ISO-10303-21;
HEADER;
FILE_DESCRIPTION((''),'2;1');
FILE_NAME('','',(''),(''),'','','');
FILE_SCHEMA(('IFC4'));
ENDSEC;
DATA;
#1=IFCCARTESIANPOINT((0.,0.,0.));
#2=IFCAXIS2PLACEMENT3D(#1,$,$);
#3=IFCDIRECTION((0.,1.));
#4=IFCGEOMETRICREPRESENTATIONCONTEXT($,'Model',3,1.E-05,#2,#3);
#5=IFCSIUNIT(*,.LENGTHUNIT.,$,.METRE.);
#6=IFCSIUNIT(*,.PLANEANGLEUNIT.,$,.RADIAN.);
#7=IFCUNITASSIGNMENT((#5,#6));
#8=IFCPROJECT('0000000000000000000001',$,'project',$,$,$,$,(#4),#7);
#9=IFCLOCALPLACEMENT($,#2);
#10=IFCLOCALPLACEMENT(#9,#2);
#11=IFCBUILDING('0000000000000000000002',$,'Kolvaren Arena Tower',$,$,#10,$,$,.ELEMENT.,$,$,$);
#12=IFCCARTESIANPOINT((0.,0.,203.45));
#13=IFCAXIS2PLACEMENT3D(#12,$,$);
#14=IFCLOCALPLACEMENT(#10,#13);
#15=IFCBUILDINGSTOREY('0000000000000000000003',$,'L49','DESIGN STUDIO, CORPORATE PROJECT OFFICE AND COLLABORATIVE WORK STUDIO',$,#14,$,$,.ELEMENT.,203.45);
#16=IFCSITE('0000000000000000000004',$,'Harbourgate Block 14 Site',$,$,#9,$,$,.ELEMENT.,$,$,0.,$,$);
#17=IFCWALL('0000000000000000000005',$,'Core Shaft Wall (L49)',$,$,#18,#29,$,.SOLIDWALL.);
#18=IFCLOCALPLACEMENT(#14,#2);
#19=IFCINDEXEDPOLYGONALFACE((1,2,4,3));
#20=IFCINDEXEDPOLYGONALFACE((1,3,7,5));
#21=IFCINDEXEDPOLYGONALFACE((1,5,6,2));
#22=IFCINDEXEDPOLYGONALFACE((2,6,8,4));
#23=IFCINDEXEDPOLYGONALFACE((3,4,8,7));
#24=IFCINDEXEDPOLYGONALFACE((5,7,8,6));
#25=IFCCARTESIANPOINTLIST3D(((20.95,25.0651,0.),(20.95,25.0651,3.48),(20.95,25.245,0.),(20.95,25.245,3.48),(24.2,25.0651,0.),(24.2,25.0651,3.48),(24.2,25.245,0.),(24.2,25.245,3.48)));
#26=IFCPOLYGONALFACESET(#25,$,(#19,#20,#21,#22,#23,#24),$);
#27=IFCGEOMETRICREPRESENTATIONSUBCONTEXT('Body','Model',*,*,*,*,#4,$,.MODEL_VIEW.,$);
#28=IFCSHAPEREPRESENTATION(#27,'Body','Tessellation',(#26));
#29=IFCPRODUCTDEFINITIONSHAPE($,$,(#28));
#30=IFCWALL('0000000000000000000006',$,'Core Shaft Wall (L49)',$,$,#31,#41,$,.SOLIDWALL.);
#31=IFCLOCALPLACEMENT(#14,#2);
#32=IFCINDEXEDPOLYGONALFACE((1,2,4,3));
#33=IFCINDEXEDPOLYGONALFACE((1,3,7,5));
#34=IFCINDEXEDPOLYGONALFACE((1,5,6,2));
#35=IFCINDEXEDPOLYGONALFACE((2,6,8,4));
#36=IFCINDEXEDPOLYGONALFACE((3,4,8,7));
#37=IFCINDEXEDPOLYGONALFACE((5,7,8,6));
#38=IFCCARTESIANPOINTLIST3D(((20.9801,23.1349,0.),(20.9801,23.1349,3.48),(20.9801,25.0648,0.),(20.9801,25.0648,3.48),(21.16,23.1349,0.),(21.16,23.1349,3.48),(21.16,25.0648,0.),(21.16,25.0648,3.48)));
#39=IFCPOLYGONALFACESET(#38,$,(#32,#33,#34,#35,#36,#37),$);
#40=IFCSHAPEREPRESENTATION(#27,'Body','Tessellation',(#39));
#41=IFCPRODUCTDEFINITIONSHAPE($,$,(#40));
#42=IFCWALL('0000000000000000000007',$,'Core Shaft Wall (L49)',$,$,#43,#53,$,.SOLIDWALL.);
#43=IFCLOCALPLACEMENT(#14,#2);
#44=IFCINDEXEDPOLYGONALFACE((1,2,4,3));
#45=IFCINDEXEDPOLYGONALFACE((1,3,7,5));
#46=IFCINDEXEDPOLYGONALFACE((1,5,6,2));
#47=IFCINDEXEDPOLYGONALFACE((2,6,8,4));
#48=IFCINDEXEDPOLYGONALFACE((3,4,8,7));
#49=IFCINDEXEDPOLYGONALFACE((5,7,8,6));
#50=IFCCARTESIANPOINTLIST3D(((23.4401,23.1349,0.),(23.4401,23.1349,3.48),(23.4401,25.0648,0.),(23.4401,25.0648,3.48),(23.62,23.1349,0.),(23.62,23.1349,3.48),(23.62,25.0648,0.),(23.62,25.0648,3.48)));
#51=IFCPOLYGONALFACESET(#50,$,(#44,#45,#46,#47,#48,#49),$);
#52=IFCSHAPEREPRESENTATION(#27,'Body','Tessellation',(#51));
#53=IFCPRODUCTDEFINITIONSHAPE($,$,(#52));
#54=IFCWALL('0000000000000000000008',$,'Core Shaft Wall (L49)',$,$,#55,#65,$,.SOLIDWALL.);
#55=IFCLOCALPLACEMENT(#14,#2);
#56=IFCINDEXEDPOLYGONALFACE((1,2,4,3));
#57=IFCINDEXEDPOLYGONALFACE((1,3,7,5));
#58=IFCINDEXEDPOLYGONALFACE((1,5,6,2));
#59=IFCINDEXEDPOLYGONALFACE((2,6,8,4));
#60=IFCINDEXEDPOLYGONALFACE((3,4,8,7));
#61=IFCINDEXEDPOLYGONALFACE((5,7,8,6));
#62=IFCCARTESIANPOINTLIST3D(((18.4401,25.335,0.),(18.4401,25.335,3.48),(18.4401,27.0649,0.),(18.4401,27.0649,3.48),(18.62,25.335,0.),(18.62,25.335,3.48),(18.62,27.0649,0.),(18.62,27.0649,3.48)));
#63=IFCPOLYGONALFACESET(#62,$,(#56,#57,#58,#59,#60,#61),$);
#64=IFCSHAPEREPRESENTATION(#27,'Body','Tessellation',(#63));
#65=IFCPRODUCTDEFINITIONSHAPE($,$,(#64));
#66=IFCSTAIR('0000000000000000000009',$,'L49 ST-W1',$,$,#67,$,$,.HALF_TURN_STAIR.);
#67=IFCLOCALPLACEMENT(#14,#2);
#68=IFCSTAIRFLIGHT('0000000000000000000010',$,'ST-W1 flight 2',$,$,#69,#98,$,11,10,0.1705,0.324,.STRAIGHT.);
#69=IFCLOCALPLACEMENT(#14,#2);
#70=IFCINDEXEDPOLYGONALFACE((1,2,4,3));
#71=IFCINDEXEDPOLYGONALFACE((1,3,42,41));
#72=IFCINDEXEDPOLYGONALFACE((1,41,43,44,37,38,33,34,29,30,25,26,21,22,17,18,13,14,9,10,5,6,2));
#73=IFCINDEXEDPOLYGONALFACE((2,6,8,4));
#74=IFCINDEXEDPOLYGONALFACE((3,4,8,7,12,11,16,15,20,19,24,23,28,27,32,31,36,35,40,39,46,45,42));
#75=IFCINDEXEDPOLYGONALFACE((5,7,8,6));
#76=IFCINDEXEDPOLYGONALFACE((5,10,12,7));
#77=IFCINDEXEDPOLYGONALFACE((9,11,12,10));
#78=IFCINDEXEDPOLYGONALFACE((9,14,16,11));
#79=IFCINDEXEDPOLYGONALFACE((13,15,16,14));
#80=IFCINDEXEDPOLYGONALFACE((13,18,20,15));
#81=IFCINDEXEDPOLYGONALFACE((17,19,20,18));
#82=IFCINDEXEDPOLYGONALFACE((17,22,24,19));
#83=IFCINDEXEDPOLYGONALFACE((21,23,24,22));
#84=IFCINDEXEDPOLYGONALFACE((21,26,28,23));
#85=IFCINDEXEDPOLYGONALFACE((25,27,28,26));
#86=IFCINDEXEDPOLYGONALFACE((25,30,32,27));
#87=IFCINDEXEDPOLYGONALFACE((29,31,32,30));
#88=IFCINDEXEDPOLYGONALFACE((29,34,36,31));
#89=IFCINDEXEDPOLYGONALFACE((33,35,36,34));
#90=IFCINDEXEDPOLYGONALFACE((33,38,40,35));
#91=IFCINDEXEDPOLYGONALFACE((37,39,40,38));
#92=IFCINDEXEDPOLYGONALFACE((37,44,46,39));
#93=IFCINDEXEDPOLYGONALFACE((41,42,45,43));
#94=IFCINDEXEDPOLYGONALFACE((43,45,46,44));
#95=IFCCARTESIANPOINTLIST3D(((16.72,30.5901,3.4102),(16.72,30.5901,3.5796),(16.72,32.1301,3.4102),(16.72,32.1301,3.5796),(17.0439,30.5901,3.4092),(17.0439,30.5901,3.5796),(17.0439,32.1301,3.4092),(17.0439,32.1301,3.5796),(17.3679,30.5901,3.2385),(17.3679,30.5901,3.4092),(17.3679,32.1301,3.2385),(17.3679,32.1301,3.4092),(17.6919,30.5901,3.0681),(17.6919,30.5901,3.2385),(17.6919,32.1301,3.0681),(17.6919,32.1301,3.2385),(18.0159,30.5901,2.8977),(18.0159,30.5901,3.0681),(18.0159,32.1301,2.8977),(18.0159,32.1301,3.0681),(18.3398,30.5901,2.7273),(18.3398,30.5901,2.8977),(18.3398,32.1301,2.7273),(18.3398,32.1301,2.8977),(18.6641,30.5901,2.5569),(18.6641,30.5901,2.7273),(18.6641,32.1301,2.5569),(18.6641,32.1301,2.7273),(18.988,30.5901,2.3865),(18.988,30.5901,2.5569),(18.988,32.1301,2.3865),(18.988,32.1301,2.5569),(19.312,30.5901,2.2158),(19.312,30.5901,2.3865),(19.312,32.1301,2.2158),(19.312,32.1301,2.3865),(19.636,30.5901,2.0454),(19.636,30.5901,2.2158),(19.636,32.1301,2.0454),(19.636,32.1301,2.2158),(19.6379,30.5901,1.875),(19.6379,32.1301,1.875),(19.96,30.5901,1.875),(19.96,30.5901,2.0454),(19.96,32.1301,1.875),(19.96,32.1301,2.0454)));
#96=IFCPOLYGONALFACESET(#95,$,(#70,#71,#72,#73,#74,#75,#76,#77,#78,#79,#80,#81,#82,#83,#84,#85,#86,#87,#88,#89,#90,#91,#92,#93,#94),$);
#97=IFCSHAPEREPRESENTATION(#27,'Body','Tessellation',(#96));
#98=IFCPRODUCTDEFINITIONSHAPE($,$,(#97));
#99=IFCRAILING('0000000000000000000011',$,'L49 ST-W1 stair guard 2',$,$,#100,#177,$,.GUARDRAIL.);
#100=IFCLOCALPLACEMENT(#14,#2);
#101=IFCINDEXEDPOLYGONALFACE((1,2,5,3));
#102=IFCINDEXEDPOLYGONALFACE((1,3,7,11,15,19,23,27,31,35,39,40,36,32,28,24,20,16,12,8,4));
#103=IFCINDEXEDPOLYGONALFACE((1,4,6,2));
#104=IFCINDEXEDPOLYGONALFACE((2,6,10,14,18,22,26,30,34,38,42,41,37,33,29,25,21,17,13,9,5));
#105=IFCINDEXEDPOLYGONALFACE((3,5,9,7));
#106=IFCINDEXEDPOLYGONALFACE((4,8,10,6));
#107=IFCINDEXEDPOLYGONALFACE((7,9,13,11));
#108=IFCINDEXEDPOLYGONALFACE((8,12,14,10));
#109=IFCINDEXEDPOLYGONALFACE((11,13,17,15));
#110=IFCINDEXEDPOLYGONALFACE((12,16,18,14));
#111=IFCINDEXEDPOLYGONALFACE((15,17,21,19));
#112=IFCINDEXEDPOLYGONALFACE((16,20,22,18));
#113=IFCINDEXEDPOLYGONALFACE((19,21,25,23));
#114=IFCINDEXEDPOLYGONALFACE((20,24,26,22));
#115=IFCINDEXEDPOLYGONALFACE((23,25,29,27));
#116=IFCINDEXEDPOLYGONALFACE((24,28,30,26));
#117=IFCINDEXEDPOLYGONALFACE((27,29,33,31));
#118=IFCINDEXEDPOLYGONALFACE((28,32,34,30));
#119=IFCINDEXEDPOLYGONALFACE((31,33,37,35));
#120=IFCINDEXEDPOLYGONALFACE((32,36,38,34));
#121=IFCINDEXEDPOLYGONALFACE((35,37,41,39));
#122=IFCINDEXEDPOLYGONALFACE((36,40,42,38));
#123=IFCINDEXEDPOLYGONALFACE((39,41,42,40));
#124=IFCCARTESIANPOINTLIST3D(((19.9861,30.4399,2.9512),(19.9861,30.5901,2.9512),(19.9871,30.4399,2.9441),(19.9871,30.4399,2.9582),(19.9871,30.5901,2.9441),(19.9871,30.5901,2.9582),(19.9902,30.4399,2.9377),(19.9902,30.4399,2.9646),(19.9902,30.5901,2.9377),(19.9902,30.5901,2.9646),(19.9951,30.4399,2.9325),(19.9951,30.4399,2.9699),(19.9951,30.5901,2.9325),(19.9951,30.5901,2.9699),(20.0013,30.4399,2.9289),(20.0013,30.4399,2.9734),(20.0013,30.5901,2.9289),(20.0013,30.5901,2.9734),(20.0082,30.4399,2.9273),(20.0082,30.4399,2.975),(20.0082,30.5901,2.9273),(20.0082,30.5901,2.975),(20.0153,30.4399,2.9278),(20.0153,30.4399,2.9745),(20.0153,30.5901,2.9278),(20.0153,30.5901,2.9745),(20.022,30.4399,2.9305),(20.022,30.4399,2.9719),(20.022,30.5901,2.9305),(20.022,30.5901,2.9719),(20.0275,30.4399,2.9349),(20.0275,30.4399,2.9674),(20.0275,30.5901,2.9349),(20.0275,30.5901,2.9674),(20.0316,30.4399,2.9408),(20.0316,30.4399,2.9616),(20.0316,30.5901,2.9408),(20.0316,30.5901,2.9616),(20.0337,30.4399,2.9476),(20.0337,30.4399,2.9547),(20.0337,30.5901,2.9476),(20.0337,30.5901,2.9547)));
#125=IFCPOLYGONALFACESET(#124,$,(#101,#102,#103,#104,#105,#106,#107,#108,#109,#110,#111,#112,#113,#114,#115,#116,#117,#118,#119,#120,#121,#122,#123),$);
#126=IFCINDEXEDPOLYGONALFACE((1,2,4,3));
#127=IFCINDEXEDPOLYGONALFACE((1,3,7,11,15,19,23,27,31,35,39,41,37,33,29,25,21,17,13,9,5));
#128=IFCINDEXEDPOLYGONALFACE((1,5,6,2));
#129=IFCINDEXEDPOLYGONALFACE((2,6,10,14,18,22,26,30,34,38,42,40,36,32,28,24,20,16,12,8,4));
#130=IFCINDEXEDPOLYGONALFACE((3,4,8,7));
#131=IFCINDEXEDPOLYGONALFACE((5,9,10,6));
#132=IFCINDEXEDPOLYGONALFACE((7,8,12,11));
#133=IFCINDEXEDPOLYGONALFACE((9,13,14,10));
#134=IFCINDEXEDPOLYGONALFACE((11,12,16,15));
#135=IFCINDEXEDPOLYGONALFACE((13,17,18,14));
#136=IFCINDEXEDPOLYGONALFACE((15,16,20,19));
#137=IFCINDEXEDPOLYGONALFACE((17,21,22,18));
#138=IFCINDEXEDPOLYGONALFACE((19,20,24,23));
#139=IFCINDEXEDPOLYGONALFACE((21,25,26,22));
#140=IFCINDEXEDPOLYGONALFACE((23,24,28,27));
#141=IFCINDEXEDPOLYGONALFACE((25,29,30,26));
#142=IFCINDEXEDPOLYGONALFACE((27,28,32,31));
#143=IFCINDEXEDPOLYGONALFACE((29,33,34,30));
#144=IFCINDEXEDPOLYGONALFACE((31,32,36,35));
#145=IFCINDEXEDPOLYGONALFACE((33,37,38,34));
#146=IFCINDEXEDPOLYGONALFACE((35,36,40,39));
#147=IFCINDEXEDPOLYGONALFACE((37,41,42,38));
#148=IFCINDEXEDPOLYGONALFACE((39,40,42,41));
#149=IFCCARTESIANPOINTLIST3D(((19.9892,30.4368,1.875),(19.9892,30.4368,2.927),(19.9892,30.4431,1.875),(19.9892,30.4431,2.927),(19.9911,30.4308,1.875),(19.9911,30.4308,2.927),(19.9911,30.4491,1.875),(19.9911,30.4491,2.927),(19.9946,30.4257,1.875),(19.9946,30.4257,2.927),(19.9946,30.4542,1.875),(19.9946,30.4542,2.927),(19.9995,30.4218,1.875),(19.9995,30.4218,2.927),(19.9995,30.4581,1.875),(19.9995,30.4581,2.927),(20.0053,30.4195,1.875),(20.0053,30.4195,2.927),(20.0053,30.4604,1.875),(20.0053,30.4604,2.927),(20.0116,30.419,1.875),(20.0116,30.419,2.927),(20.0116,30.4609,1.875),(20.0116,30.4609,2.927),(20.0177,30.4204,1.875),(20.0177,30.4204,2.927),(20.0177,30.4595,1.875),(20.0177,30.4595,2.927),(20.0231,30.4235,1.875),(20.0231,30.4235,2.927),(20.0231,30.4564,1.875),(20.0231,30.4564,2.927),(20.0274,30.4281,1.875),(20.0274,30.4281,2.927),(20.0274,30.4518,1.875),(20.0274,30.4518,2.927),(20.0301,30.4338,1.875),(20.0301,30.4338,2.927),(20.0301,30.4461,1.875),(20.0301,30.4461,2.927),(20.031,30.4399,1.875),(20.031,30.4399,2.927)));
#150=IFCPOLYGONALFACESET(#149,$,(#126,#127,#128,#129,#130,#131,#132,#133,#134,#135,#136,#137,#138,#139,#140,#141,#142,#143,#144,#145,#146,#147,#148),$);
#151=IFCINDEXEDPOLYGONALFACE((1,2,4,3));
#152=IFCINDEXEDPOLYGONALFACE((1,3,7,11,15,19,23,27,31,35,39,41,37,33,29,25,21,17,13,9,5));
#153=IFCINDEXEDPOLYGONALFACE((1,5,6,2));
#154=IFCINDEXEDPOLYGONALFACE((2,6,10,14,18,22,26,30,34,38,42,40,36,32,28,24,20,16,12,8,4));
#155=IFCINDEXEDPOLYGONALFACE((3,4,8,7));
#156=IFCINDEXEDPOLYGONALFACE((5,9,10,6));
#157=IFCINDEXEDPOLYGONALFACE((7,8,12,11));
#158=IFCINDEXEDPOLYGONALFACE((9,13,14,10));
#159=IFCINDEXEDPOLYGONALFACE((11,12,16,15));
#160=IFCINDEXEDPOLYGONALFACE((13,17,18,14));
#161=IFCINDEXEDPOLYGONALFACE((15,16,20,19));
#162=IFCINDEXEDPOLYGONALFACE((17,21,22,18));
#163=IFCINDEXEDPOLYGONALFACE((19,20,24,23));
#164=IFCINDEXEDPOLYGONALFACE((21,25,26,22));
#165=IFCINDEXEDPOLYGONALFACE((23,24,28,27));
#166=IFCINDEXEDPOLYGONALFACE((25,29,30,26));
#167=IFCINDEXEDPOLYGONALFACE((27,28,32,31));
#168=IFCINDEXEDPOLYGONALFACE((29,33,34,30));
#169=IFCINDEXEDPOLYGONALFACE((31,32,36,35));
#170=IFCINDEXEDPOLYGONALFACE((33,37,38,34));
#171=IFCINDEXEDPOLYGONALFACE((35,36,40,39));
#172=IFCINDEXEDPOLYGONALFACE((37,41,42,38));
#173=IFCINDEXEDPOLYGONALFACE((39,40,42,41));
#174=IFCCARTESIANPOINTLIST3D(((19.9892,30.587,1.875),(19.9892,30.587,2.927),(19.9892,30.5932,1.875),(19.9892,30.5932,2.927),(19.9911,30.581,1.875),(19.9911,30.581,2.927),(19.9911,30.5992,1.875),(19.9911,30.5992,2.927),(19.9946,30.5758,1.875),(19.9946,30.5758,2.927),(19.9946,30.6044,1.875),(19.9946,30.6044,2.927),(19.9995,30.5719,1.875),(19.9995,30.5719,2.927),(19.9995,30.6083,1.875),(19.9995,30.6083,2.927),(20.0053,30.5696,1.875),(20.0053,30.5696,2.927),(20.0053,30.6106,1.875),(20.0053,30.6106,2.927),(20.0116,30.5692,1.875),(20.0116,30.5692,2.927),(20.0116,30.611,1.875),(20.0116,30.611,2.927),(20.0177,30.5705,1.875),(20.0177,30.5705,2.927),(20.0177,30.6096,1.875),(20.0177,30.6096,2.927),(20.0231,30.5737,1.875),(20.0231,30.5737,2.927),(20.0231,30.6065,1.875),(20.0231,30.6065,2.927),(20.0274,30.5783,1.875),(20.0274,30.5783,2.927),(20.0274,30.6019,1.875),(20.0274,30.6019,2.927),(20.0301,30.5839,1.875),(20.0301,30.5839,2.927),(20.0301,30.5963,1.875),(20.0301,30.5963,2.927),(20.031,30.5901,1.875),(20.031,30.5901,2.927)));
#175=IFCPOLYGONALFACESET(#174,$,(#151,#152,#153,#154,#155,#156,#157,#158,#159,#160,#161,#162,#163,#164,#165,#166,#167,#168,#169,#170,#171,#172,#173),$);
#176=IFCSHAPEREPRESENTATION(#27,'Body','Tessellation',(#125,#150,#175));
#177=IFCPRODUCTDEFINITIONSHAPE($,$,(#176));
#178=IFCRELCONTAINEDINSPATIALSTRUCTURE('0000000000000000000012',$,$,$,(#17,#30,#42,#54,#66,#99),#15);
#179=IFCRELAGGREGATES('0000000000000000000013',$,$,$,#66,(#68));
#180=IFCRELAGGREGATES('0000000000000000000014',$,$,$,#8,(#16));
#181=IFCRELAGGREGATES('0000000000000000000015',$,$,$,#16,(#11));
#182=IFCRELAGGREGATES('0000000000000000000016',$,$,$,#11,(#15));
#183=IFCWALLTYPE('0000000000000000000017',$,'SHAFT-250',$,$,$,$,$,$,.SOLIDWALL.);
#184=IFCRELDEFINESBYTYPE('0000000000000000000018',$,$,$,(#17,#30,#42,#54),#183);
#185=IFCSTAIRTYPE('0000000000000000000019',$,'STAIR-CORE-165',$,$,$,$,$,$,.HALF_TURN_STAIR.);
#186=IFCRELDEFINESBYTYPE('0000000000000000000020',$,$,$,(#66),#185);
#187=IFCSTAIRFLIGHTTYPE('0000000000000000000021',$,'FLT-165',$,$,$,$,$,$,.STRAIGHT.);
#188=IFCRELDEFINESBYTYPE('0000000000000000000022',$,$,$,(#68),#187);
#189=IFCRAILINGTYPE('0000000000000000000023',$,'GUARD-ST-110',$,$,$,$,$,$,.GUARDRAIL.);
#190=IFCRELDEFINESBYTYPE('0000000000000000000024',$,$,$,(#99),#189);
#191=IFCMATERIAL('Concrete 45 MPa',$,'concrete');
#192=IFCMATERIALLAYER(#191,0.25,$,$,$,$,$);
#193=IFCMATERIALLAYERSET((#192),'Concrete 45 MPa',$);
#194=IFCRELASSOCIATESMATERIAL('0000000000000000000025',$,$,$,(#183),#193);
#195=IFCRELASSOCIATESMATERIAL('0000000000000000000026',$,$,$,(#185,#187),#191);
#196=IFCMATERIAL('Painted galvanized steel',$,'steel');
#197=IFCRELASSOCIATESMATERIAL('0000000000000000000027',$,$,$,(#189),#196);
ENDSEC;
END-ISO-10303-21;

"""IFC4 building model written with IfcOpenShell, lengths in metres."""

from ifc_helpers import new_model, si_unit, direction, frame, frame_2d, origin, origin_2d, place, context, subcontext, project, spatial, polyline, rectangle, circle, outline, extrude, material, layer, layer_set, type_object, element, aggregate, save


model = new_model("IFC4")

# Units and contexts
model_context = context("Model", 3, precision=1e-05, world=origin(), true_north=direction((0.0, 1.0)))
body_context = subcontext(model_context, "Body", "Model", "MODEL_VIEW")
ifc_project = project(units=[si_unit("LENGTHUNIT", "METRE"), si_unit("PLANEANGLEUNIT", "RADIAN")], contexts=[model_context])

# Site, building, storey
site_placement = place(None, origin())
site = spatial("IfcSite", under=ifc_project, at=site_placement, Name="Harbourgate Block 14 Site", CompositionType="ELEMENT", RefElevation=0.0)
building_placement = place(site_placement, origin())
building = spatial("IfcBuilding", under=site, at=building_placement, Name="Kolvaren Arena Tower", CompositionType="ELEMENT")
storey_placement = place(building_placement, frame((0.0, 0.0, 203.45)))
storey = spatial("IfcBuildingStorey", under=building, at=storey_placement, Name="L49", Description="DESIGN STUDIO, CORPORATE PROJECT OFFICE AND COLLABORATIVE WORK STUDIO", CompositionType="ELEMENT", Elevation=203.45)

# Shared definitions
ifc_material_1 = material(Name="Concrete 45 MPa", Category="concrete")
ifc_layer_1 = layer(ifc_material_1, 0.25)
ifc_layer_set_1 = layer_set([ifc_layer_1], Name="Concrete 45 MPa")
wall_type_1 = type_object("IfcWallType", Name="SHAFT-250", PredefinedType="SOLIDWALL", material=ifc_layer_set_1)

# Walls
wall_1_placement = place(storey_placement, frame((20.95, 25.155, 0.0), z_axis=(0.0, 0.0, 1.0), x_axis=(1.0, 0.0, 0.0)))
element("IfcWall", 1, at=wall_1_placement, inside=storey, type_object=wall_type_1, Name="Core Shaft Wall (L49)", PredefinedType="SOLIDWALL", context=body_context, shape_type="SweptSolid", body=[
    extrude(rectangle(XDim=3.25, YDim=0.1799, at=frame_2d((1.625, 0.0))), origin(), (0.0, 0.0, 1.0), 3.48),
])
for number, where, z_axis, x_axis, name in (
    (2, (21.0701, 23.135, 0.0), (0.0, 0.0, 1.0), (0.0, 1.0, 0.0), "Core Shaft Wall (L49)"),
    (3, (23.53, 23.135, 0.0), (0.0, 0.0, 1.0), (0.0, 1.0, 0.0), "Core Shaft Wall (L49)"),
):
    element("IfcWall", number, at=place(storey_placement, frame(where, z_axis=z_axis, x_axis=x_axis)), inside=storey, type_object=wall_type_1, Name=name, PredefinedType="SOLIDWALL", context=body_context, shape_type="SweptSolid", body=[
        extrude(rectangle(XDim=1.9299, YDim=0.1799, at=frame_2d((0.9648, 0.0))), origin(), (0.0, 0.0, 1.0), 3.48),
    ])
wall_2_placement = place(storey_placement, frame((18.53, 25.335, 0.0), z_axis=(0.0, 0.0, 1.0), x_axis=(0.0, 1.0, 0.0)))
element("IfcWall", 4, at=wall_2_placement, inside=storey, type_object=wall_type_1, Name="Core Shaft Wall (L49)", PredefinedType="SOLIDWALL", context=body_context, shape_type="SweptSolid", body=[
    extrude(rectangle(XDim=1.73, YDim=0.1799, at=frame_2d((0.865, 0.0))), origin(), (0.0, 0.0, 1.0), 3.48),
])

# Stair, stair flight
stair_type = type_object("IfcStairType", Name="STAIR-CORE-165", PredefinedType="HALF_TURN_STAIR", material=ifc_material_1)
stair_placement = place(storey_placement, origin())
stair = element("IfcStair", 5, at=stair_placement, inside=storey, type_object=stair_type, Name="L49 ST-W1", PredefinedType="HALF_TURN_STAIR")
stair_flight_type = type_object("IfcStairFlightType", Name="FLT-165", PredefinedType="STRAIGHT", material=ifc_material_1)
stair_flight_placement = place(storey_placement, frame((19.96, 31.3601, 1.875), z_axis=(0.0, 0.0, 1.0), x_axis=(-1.0, 0.0, 0.0)))
stair_flight = element("IfcStairFlight", 6, at=stair_flight_placement, type_object=stair_flight_type, Name="ST-W1 flight 2", NumberOfRisers=11, NumberOfTreads=10, PredefinedType="STRAIGHT", RiserHeight=0.1705, TreadLength=0.324, context=body_context, shape_type="SweptSolid", body=[
    extrude(outline(polyline([(0.0, 0.0), (0.0, 0.1704), (0.324, 0.1704), (0.324, 0.3408), (0.6479, 0.3408), (0.6479, 0.5115), (0.9719, 0.5115), (0.9719, 0.6819), (1.2959, 0.6819), (1.2959, 0.8523), (1.6201, 0.8523), (1.6201, 1.0227), (1.9441, 1.0227), (1.9441, 1.1931), (2.2681, 1.1931), (2.2681, 1.3635), (2.592, 1.3635), (2.592, 1.5342), (2.916, 1.5342), (2.916, 1.7046), (3.24, 1.7046), (3.24, 1.875), (3.24, 1.5352), (0.322, 0.0), (0.0, 0.0)])), frame((0.0, 0.77, 0.0), z_axis=(0.0, -1.0, 0.0), x_axis=(1.0, 0.0, 0.0)), (0.0, 0.0, 1.0), 1.54),
])
aggregate(stair, [stair_flight])

# Railing
ifc_material_2 = material(Name="Painted galvanized steel", Category="steel")
railing_type_1 = type_object("IfcRailingType", Name="GUARD-ST-110", PredefinedType="GUARDRAIL", material=ifc_material_2)
railing_1_placement = place(storey_placement, frame((20.01, 30.4399, 1.875)))
element("IfcRailing", 7, at=railing_1_placement, inside=storey, type_object=railing_type_1, Name="L49 ST-W1 stair guard 2", PredefinedType="GUARDRAIL", context=body_context, shape_type="SweptSolid", body=[
    extrude(circle(Radius=0.0239, at=origin_2d()), frame((0.0, 0.0, 1.0762), z_axis=(0.0, 1.0, 0.0), x_axis=(-1.0, 0.0, 0.0)), (0.0, 0.0, 1.0), 0.1501),
    extrude(circle(Radius=0.021, at=origin_2d()), origin(), (0.0, 0.0, 1.0), 1.052),
    extrude(circle(Radius=0.021, at=origin_2d()), frame((0.0, 0.1501, 0.0)), (0.0, 0.0, 1.0), 1.052),
])

save(model, "model.ifc")
